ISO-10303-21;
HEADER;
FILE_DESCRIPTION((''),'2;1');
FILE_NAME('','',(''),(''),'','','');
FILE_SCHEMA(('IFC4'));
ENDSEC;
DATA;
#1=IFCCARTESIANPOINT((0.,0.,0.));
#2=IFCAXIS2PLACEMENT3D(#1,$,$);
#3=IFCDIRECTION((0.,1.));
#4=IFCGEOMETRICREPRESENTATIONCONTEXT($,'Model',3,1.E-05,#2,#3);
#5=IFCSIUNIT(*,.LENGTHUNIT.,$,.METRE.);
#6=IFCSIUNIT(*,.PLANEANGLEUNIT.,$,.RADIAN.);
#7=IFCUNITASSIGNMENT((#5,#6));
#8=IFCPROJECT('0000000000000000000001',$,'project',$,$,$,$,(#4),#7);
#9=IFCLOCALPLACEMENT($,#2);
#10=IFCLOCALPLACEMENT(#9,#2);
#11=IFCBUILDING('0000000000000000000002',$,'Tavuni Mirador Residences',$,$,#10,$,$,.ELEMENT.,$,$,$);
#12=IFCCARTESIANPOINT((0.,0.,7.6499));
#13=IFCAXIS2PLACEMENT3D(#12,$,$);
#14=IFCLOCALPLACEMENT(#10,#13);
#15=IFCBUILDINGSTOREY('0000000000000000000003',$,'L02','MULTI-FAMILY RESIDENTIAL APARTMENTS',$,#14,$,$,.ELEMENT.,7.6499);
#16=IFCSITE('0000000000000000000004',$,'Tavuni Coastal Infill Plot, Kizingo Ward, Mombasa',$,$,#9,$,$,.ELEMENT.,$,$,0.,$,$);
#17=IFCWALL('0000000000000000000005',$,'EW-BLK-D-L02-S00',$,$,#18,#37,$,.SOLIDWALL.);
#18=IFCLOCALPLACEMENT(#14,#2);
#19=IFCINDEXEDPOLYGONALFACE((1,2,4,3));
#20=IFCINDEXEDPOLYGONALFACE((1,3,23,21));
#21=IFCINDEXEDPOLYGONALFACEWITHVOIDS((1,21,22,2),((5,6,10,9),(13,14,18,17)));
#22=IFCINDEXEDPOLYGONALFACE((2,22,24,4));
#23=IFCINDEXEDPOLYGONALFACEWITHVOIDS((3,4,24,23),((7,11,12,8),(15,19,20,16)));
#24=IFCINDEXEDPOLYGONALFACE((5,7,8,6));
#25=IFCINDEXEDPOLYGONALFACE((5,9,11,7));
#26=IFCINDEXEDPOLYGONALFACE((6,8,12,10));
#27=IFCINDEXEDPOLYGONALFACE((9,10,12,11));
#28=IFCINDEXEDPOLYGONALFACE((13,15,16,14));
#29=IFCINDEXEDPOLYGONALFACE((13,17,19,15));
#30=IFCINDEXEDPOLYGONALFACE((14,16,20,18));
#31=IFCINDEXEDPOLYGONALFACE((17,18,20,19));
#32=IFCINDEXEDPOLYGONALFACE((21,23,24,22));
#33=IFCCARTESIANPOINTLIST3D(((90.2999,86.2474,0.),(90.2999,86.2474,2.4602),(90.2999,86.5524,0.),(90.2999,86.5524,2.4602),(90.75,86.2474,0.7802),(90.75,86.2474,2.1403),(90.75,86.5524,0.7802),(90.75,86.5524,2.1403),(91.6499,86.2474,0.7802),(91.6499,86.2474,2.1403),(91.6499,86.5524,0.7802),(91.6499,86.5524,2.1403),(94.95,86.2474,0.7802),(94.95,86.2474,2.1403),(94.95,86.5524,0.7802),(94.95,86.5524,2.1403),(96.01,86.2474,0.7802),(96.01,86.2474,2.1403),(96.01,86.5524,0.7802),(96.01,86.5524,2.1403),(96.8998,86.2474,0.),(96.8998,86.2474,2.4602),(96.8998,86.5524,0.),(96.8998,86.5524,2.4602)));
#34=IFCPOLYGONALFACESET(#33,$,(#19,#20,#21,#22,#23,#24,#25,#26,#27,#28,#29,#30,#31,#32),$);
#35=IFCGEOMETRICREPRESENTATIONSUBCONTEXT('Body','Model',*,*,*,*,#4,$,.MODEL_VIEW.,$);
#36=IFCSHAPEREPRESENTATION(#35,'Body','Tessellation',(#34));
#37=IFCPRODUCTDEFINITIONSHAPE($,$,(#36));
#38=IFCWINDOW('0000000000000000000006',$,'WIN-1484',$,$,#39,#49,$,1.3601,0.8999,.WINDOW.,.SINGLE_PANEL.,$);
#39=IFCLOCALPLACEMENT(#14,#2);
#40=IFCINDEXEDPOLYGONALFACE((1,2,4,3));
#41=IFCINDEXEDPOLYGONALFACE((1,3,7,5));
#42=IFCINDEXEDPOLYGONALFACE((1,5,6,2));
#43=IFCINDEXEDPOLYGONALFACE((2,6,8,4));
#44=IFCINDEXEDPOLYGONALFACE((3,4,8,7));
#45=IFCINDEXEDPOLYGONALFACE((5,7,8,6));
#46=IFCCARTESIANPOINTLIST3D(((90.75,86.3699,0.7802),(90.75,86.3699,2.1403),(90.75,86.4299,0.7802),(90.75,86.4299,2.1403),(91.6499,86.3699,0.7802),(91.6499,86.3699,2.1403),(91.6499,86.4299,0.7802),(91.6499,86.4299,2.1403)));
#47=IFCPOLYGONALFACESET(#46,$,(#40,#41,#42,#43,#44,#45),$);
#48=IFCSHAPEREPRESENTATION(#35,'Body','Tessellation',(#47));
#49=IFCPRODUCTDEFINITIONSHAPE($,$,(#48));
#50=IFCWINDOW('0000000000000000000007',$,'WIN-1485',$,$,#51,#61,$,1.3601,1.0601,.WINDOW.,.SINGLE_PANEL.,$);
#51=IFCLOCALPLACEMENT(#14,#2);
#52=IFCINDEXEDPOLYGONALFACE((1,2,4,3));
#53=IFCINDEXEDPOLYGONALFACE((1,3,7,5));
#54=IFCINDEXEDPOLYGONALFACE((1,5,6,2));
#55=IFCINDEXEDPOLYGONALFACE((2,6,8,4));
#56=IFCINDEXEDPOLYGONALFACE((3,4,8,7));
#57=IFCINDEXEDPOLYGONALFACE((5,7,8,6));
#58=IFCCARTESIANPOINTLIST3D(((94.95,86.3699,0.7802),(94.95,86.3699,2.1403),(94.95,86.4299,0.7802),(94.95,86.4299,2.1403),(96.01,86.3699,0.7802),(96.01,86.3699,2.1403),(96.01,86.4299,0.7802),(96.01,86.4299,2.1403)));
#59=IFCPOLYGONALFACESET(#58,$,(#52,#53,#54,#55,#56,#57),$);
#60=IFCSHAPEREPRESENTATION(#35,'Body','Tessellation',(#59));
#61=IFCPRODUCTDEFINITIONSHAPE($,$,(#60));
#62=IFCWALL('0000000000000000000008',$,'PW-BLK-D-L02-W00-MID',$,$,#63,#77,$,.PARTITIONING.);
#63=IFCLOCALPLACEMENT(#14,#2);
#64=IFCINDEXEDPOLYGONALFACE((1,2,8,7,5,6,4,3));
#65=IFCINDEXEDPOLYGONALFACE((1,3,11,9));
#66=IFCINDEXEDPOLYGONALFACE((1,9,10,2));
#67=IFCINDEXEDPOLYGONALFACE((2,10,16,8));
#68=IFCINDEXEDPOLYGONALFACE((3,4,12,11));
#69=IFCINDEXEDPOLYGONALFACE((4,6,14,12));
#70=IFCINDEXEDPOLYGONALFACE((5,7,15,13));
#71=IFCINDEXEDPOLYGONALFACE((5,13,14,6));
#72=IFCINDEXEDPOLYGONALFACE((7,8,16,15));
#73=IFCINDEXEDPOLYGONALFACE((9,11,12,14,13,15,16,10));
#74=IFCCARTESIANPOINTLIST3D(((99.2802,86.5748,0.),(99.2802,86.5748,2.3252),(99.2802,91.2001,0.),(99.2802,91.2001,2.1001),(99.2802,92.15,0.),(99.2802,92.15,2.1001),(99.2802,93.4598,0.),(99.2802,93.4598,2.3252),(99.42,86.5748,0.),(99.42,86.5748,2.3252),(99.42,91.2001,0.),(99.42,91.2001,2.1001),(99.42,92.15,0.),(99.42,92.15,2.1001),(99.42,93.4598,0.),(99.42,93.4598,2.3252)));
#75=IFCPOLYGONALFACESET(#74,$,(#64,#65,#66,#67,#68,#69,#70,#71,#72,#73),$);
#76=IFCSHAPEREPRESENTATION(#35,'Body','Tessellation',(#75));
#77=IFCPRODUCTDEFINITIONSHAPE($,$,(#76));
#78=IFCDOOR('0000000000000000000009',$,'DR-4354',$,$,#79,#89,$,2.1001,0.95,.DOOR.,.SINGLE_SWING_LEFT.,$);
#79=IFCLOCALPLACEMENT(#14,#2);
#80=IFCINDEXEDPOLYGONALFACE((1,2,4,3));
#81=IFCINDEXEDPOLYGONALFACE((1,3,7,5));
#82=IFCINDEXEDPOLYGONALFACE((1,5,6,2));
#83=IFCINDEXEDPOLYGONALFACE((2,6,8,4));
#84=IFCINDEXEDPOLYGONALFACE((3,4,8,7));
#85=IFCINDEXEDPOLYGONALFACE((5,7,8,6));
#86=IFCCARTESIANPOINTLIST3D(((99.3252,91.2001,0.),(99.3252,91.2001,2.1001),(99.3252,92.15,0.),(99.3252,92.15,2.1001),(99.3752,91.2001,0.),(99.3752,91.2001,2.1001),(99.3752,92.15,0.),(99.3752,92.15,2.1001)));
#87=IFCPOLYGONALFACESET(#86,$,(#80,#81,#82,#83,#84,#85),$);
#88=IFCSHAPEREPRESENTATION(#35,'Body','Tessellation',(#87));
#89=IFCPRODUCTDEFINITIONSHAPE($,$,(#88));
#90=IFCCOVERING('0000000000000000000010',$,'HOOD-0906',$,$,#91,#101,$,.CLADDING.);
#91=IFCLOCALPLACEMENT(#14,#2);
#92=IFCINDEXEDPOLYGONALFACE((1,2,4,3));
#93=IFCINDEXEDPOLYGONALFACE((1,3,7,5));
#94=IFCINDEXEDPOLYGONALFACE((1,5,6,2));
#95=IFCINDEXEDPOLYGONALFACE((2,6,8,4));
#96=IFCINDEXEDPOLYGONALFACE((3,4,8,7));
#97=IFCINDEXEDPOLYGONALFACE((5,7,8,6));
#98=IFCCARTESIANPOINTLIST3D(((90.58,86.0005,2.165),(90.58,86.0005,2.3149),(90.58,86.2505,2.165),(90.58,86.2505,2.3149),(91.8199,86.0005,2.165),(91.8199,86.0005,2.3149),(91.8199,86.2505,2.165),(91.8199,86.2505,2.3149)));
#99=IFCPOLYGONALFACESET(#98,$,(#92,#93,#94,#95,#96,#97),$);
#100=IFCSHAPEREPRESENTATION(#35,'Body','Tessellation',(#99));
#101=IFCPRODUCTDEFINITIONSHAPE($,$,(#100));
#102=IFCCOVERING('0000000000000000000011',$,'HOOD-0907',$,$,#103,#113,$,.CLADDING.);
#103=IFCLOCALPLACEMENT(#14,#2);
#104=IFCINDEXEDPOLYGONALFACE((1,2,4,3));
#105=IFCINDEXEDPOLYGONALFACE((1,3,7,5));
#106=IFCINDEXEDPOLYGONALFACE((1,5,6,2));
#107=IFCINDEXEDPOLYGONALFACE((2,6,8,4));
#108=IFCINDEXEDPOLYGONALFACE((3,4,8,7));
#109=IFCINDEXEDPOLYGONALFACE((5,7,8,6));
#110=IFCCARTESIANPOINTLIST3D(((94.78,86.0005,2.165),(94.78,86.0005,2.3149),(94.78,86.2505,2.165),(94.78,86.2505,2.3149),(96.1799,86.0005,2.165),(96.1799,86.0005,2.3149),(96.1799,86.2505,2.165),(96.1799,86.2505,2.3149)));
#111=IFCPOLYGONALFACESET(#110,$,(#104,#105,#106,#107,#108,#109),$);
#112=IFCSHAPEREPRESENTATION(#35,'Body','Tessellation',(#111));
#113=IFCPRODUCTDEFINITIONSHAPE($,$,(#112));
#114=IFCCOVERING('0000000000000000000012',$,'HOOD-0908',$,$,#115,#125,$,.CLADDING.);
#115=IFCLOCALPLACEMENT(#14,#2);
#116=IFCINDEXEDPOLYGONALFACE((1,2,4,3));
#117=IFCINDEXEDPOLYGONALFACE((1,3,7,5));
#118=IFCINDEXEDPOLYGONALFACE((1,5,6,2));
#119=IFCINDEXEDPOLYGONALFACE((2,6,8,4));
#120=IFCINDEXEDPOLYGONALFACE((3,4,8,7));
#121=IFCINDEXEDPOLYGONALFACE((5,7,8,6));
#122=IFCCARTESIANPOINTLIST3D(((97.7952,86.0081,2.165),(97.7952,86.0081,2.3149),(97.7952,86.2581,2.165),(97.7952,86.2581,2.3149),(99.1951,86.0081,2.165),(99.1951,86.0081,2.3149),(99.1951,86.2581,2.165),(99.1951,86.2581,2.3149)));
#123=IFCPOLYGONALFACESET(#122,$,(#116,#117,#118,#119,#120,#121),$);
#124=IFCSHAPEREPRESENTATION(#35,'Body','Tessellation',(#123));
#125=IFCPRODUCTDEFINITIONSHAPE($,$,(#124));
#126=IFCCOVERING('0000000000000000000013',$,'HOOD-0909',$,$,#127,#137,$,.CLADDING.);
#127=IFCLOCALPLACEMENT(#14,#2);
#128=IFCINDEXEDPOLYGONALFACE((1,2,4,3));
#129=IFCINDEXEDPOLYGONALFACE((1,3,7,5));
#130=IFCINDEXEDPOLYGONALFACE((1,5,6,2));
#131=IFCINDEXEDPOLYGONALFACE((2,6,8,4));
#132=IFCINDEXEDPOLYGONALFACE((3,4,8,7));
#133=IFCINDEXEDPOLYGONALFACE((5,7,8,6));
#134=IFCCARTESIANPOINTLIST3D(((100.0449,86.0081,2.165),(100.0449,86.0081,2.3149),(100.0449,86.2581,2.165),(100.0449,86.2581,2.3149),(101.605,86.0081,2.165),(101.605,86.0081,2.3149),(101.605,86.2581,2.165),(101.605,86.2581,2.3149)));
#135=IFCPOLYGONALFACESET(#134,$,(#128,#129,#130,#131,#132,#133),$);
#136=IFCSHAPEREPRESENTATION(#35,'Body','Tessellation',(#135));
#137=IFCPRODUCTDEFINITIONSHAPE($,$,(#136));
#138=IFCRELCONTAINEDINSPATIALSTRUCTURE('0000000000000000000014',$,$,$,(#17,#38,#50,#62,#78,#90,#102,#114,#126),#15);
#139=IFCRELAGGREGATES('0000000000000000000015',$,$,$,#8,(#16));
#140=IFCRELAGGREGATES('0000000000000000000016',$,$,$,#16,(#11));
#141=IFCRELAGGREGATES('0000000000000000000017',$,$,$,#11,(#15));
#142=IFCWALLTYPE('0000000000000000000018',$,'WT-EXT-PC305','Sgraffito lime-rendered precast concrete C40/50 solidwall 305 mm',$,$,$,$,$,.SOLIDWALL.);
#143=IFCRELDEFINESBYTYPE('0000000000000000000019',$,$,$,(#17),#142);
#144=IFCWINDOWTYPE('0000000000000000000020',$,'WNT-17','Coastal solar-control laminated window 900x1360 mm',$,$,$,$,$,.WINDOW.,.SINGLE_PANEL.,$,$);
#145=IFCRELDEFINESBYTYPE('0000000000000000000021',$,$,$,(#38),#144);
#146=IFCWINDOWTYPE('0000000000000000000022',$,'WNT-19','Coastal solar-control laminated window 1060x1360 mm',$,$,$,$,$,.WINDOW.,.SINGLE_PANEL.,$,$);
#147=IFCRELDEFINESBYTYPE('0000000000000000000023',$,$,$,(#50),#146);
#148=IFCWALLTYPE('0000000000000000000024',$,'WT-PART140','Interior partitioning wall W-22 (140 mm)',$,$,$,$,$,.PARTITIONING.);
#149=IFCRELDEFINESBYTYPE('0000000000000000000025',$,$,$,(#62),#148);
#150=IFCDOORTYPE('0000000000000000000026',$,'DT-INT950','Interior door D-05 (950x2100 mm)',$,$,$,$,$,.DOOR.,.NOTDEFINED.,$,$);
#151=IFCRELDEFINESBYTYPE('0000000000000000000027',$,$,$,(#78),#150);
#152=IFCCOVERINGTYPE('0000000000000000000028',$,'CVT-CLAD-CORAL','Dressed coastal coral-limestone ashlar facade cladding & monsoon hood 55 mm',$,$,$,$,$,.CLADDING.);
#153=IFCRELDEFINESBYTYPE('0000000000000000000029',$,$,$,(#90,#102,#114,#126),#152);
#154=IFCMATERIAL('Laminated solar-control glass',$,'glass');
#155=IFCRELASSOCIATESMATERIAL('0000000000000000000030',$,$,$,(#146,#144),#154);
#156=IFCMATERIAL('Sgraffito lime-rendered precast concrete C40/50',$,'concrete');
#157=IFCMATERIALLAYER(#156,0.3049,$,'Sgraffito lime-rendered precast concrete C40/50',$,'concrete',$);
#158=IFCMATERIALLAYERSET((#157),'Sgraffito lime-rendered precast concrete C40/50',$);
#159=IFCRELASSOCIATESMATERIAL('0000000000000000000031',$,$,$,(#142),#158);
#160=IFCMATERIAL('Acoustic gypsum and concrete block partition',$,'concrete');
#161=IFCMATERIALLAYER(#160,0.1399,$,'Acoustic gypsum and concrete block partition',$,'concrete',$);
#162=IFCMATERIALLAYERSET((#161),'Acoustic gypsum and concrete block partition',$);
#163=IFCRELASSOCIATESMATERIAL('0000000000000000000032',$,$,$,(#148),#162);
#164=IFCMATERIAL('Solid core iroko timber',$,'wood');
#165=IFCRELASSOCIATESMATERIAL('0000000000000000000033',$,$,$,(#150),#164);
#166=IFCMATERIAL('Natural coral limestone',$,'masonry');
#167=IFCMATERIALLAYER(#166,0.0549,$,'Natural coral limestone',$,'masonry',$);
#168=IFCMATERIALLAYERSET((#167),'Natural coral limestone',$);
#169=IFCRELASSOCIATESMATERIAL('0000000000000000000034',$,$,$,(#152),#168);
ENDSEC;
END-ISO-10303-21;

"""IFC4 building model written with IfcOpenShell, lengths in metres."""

from ifc_helpers import new_model, si_unit, direction, frame, frame_2d, origin, origin_2d, place, context, subcontext, project, spatial, rectangle, extrude, material, layer, layer_set, type_object, element, fill, save


model = new_model("IFC4")

# Units and contexts
model_context = context("Model", 3, precision=1e-05, world=origin(), true_north=direction((0.0, 1.0)))
body_context = subcontext(model_context, "Body", "Model", "MODEL_VIEW")
ifc_project = project(units=[si_unit("LENGTHUNIT", "METRE"), si_unit("PLANEANGLEUNIT", "RADIAN")], contexts=[model_context])

# Site, building, storey
site_placement = place(None, origin())
site = spatial("IfcSite", under=ifc_project, at=site_placement, Name="Tavuni Coastal Infill Plot, Kizingo Ward, Mombasa", CompositionType="ELEMENT", RefElevation=0.0)
building_placement = place(site_placement, origin())
building = spatial("IfcBuilding", under=site, at=building_placement, Name="Tavuni Mirador Residences", CompositionType="ELEMENT")
storey_placement = place(building_placement, frame((0.0, 0.0, 7.6499)))
storey = spatial("IfcBuildingStorey", under=building, at=storey_placement, Name="L02", Description="MULTI-FAMILY RESIDENTIAL APARTMENTS", CompositionType="ELEMENT", Elevation=7.6499)

# Shared definitions
ifc_material_1 = material(Name="Solid core iroko timber", Category="wood")

# Wall, openings, windows
ifc_material_2 = material(Name="Sgraffito lime-rendered precast concrete C40/50", Category="concrete")
ifc_material_3 = material(Name="Laminated solar-control glass", Category="glass")
window_type_1 = type_object("IfcWindowType", Name="WNT-19", Description="Coastal solar-control laminated window 1060x1360 mm", PartitioningType="SINGLE_PANEL", PredefinedType="WINDOW", material=ifc_material_3)
ifc_layer_1 = layer(ifc_material_2, 0.3049, Name="Sgraffito lime-rendered precast concrete C40/50", Category="concrete")
ifc_layer_set_1 = layer_set([ifc_layer_1], Name="Sgraffito lime-rendered precast concrete C40/50")
wall_type_1 = type_object("IfcWallType", Name="WT-EXT-PC305", Description="Sgraffito lime-rendered precast concrete C40/50 solidwall 305 mm", PredefinedType="SOLIDWALL", material=ifc_layer_set_1)
wall_1_placement = place(storey_placement, frame((90.3, 86.3999, 0.0), z_axis=(0.0, 0.0, 1.0), x_axis=(1.0, 0.0, 0.0)))
wall_1 = element("IfcWall", 1, at=wall_1_placement, inside=storey, type_object=wall_type_1, Name="EW-BLK-D-L02-S00", PredefinedType="SOLIDWALL", context=body_context, shape_type="SweptSolid", body=[
    extrude(rectangle(XDim=6.5999, YDim=0.3049, at=frame_2d((3.2998, 0.0))), origin(), (0.0, 0.0, 1.0), 2.4602),
])
opening_1_placement = place(wall_1_placement, frame((0.45, 0.0, 0.78)))
opening_1 = element("IfcOpeningElement", 2, at=opening_1_placement, cuts=wall_1, PredefinedType="OPENING", context=body_context, shape_type="SweptSolid", body=[
    extrude(rectangle(XDim=0.8999, YDim=1.3601, at=frame_2d((0.45, 0.6802))), frame((0.0, 0.1626, 0.0), z_axis=(0.0, -1.0, 0.0), x_axis=(1.0, 0.0, 0.0)), (0.0, 0.0, 1.0), 0.325),
])
opening_2_placement = place(wall_1_placement, frame((4.6499, 0.0, 0.78)))
opening_2 = element("IfcOpeningElement", 3, at=opening_2_placement, cuts=wall_1, PredefinedType="OPENING", context=body_context, shape_type="SweptSolid", body=[
    extrude(rectangle(XDim=1.0601, YDim=1.3601, at=frame_2d((0.53, 0.6802))), frame((0.0, 0.1626, 0.0), z_axis=(0.0, -1.0, 0.0), x_axis=(1.0, 0.0, 0.0)), (0.0, 0.0, 1.0), 0.325),
])
window_type_2 = type_object("IfcWindowType", Name="WNT-17", Description="Coastal solar-control laminated window 900x1360 mm", PartitioningType="SINGLE_PANEL", PredefinedType="WINDOW", material=ifc_material_3)
window_1_placement = place(opening_1_placement, origin())
window_1 = element("IfcWindow", 4, at=window_1_placement, inside=storey, type_object=window_type_2, Name="WIN-1484", OverallHeight=1.3601, OverallWidth=0.8999, PartitioningType="SINGLE_PANEL", PredefinedType="WINDOW", context=body_context, shape_type="SweptSolid", body=[
    extrude(rectangle(XDim=0.8999, YDim=1.3601, at=frame_2d((0.45, 0.6802))), frame((0.0, 0.03, 0.0), z_axis=(0.0, -1.0, 0.0), x_axis=(1.0, 0.0, 0.0)), (0.0, 0.0, 1.0), 0.0601),
])
fill(opening_1, window_1)
window_2_placement = place(opening_2_placement, origin())
window_2 = element("IfcWindow", 5, at=window_2_placement, inside=storey, type_object=window_type_1, Name="WIN-1485", OverallHeight=1.3601, OverallWidth=1.0601, PartitioningType="SINGLE_PANEL", PredefinedType="WINDOW", context=body_context, shape_type="SweptSolid", body=[
    extrude(rectangle(XDim=1.0601, YDim=1.3601, at=frame_2d((0.53, 0.6802))), frame((0.0, 0.03, 0.0), z_axis=(0.0, -1.0, 0.0), x_axis=(1.0, 0.0, 0.0)), (0.0, 0.0, 1.0), 0.0601),
])
fill(opening_2, window_2)

# Wall, opening, door
ifc_material_4 = material(Name="Acoustic gypsum and concrete block partition", Category="concrete")
ifc_layer_2 = layer(ifc_material_4, 0.1399, Name="Acoustic gypsum and concrete block partition", Category="concrete")
ifc_layer_set_2 = layer_set([ifc_layer_2], Name="Acoustic gypsum and concrete block partition")
wall_type_2 = type_object("IfcWallType", Name="WT-PART140", Description="Interior partitioning wall W-22 (140 mm)", PredefinedType="PARTITIONING", material=ifc_layer_set_2)
wall_2_placement = place(storey_placement, frame((99.3501, 86.575, 0.0), z_axis=(0.0, 0.0, 1.0), x_axis=(0.0, 1.0, 0.0)))
wall_2 = element("IfcWall", 6, at=wall_2_placement, inside=storey, type_object=wall_type_2, Name="PW-BLK-D-L02-W00-MID", PredefinedType="PARTITIONING", context=body_context, shape_type="SweptSolid", body=[
    extrude(rectangle(XDim=6.885, YDim=0.1399, at=frame_2d((3.4424, 0.0))), origin(), (0.0, 0.0, 1.0), 2.3252),
])
opening_3_placement = place(wall_2_placement, frame((4.625, 0.0, 0.0)))
opening_3 = element("IfcOpeningElement", 7, at=opening_3_placement, cuts=wall_2, PredefinedType="OPENING", context=body_context, shape_type="SweptSolid", body=[
    extrude(rectangle(XDim=0.95, YDim=2.1001, at=frame_2d((0.4751, 1.05))), frame((0.0, 0.0801, 0.0), z_axis=(0.0, -1.0, 0.0), x_axis=(1.0, 0.0, 0.0)), (0.0, 0.0, 1.0), 0.1599),
])
door_type_1 = type_object("IfcDoorType", Name="DT-INT950", Description="Interior door D-05 (950x2100 mm)", OperationType="NOTDEFINED", PredefinedType="DOOR", material=ifc_material_1)
door_1_placement = place(opening_3_placement, origin())
door_1 = element("IfcDoor", 8, at=door_1_placement, inside=storey, type_object=door_type_1, Name="DR-4354", OperationType="SINGLE_SWING_LEFT", OverallHeight=2.1001, OverallWidth=0.95, PredefinedType="DOOR", context=body_context, shape_type="SweptSolid", body=[
    extrude(rectangle(XDim=0.95, YDim=2.1001, at=frame_2d((0.4751, 1.05))), frame((0.0, 0.0249, 0.0), z_axis=(0.0, -1.0, 0.0), x_axis=(1.0, 0.0, 0.0)), (0.0, 0.0, 1.0), 0.05),
])
fill(opening_3, door_1)

# Coverings
ifc_material_5 = material(Name="Natural coral limestone", Category="masonry")
ifc_layer_3 = layer(ifc_material_5, 0.0549, Name="Natural coral limestone", Category="masonry")
ifc_layer_set_3 = layer_set([ifc_layer_3], Name="Natural coral limestone")
covering_type = type_object("IfcCoveringType", Name="CVT-CLAD-CORAL", Description="Dressed coastal coral-limestone ashlar facade cladding & monsoon hood 55 mm", PredefinedType="CLADDING", material=ifc_layer_set_3)
covering_1_placement = place(storey_placement, frame((91.2, 86.1255, 2.165), z_axis=(0.0, 0.0, 1.0), x_axis=(1.0, 0.0, 0.0)))
element("IfcCovering", 9, at=covering_1_placement, inside=storey, type_object=covering_type, Name="HOOD-0906", PredefinedType="CLADDING", context=body_context, shape_type="SweptSolid", body=[
    extrude(rectangle(XDim=1.24, YDim=0.25, at=origin_2d()), origin(), (0.0, 0.0, 1.0), 0.1499),
])
for number, where, z_axis, x_axis, name in (
    (10, (95.48, 86.1255, 2.165), (0.0, 0.0, 1.0), (1.0, 0.0, 0.0), "HOOD-0907"),
    (11, (98.4951, 86.1331, 2.165), (0.0, 0.0, 1.0), (1.0, 0.0, 0.0), "HOOD-0908"),
):
    element("IfcCovering", number, at=place(storey_placement, frame(where, z_axis=z_axis, x_axis=x_axis)), inside=storey, type_object=covering_type, Name=name, PredefinedType="CLADDING", context=body_context, shape_type="SweptSolid", body=[
        extrude(rectangle(XDim=1.3999, YDim=0.25, at=origin_2d()), origin(), (0.0, 0.0, 1.0), 0.1499),
    ])
covering_2_placement = place(storey_placement, frame((100.825, 86.1331, 2.165), z_axis=(0.0, 0.0, 1.0), x_axis=(1.0, 0.0, 0.0)))
element("IfcCovering", 12, at=covering_2_placement, inside=storey, type_object=covering_type, Name="HOOD-0909", PredefinedType="CLADDING", context=body_context, shape_type="SweptSolid", body=[
    extrude(rectangle(XDim=1.5601, YDim=0.25, at=origin_2d()), origin(), (0.0, 0.0, 1.0), 0.1499),
])

save(model, "model.ifc")
